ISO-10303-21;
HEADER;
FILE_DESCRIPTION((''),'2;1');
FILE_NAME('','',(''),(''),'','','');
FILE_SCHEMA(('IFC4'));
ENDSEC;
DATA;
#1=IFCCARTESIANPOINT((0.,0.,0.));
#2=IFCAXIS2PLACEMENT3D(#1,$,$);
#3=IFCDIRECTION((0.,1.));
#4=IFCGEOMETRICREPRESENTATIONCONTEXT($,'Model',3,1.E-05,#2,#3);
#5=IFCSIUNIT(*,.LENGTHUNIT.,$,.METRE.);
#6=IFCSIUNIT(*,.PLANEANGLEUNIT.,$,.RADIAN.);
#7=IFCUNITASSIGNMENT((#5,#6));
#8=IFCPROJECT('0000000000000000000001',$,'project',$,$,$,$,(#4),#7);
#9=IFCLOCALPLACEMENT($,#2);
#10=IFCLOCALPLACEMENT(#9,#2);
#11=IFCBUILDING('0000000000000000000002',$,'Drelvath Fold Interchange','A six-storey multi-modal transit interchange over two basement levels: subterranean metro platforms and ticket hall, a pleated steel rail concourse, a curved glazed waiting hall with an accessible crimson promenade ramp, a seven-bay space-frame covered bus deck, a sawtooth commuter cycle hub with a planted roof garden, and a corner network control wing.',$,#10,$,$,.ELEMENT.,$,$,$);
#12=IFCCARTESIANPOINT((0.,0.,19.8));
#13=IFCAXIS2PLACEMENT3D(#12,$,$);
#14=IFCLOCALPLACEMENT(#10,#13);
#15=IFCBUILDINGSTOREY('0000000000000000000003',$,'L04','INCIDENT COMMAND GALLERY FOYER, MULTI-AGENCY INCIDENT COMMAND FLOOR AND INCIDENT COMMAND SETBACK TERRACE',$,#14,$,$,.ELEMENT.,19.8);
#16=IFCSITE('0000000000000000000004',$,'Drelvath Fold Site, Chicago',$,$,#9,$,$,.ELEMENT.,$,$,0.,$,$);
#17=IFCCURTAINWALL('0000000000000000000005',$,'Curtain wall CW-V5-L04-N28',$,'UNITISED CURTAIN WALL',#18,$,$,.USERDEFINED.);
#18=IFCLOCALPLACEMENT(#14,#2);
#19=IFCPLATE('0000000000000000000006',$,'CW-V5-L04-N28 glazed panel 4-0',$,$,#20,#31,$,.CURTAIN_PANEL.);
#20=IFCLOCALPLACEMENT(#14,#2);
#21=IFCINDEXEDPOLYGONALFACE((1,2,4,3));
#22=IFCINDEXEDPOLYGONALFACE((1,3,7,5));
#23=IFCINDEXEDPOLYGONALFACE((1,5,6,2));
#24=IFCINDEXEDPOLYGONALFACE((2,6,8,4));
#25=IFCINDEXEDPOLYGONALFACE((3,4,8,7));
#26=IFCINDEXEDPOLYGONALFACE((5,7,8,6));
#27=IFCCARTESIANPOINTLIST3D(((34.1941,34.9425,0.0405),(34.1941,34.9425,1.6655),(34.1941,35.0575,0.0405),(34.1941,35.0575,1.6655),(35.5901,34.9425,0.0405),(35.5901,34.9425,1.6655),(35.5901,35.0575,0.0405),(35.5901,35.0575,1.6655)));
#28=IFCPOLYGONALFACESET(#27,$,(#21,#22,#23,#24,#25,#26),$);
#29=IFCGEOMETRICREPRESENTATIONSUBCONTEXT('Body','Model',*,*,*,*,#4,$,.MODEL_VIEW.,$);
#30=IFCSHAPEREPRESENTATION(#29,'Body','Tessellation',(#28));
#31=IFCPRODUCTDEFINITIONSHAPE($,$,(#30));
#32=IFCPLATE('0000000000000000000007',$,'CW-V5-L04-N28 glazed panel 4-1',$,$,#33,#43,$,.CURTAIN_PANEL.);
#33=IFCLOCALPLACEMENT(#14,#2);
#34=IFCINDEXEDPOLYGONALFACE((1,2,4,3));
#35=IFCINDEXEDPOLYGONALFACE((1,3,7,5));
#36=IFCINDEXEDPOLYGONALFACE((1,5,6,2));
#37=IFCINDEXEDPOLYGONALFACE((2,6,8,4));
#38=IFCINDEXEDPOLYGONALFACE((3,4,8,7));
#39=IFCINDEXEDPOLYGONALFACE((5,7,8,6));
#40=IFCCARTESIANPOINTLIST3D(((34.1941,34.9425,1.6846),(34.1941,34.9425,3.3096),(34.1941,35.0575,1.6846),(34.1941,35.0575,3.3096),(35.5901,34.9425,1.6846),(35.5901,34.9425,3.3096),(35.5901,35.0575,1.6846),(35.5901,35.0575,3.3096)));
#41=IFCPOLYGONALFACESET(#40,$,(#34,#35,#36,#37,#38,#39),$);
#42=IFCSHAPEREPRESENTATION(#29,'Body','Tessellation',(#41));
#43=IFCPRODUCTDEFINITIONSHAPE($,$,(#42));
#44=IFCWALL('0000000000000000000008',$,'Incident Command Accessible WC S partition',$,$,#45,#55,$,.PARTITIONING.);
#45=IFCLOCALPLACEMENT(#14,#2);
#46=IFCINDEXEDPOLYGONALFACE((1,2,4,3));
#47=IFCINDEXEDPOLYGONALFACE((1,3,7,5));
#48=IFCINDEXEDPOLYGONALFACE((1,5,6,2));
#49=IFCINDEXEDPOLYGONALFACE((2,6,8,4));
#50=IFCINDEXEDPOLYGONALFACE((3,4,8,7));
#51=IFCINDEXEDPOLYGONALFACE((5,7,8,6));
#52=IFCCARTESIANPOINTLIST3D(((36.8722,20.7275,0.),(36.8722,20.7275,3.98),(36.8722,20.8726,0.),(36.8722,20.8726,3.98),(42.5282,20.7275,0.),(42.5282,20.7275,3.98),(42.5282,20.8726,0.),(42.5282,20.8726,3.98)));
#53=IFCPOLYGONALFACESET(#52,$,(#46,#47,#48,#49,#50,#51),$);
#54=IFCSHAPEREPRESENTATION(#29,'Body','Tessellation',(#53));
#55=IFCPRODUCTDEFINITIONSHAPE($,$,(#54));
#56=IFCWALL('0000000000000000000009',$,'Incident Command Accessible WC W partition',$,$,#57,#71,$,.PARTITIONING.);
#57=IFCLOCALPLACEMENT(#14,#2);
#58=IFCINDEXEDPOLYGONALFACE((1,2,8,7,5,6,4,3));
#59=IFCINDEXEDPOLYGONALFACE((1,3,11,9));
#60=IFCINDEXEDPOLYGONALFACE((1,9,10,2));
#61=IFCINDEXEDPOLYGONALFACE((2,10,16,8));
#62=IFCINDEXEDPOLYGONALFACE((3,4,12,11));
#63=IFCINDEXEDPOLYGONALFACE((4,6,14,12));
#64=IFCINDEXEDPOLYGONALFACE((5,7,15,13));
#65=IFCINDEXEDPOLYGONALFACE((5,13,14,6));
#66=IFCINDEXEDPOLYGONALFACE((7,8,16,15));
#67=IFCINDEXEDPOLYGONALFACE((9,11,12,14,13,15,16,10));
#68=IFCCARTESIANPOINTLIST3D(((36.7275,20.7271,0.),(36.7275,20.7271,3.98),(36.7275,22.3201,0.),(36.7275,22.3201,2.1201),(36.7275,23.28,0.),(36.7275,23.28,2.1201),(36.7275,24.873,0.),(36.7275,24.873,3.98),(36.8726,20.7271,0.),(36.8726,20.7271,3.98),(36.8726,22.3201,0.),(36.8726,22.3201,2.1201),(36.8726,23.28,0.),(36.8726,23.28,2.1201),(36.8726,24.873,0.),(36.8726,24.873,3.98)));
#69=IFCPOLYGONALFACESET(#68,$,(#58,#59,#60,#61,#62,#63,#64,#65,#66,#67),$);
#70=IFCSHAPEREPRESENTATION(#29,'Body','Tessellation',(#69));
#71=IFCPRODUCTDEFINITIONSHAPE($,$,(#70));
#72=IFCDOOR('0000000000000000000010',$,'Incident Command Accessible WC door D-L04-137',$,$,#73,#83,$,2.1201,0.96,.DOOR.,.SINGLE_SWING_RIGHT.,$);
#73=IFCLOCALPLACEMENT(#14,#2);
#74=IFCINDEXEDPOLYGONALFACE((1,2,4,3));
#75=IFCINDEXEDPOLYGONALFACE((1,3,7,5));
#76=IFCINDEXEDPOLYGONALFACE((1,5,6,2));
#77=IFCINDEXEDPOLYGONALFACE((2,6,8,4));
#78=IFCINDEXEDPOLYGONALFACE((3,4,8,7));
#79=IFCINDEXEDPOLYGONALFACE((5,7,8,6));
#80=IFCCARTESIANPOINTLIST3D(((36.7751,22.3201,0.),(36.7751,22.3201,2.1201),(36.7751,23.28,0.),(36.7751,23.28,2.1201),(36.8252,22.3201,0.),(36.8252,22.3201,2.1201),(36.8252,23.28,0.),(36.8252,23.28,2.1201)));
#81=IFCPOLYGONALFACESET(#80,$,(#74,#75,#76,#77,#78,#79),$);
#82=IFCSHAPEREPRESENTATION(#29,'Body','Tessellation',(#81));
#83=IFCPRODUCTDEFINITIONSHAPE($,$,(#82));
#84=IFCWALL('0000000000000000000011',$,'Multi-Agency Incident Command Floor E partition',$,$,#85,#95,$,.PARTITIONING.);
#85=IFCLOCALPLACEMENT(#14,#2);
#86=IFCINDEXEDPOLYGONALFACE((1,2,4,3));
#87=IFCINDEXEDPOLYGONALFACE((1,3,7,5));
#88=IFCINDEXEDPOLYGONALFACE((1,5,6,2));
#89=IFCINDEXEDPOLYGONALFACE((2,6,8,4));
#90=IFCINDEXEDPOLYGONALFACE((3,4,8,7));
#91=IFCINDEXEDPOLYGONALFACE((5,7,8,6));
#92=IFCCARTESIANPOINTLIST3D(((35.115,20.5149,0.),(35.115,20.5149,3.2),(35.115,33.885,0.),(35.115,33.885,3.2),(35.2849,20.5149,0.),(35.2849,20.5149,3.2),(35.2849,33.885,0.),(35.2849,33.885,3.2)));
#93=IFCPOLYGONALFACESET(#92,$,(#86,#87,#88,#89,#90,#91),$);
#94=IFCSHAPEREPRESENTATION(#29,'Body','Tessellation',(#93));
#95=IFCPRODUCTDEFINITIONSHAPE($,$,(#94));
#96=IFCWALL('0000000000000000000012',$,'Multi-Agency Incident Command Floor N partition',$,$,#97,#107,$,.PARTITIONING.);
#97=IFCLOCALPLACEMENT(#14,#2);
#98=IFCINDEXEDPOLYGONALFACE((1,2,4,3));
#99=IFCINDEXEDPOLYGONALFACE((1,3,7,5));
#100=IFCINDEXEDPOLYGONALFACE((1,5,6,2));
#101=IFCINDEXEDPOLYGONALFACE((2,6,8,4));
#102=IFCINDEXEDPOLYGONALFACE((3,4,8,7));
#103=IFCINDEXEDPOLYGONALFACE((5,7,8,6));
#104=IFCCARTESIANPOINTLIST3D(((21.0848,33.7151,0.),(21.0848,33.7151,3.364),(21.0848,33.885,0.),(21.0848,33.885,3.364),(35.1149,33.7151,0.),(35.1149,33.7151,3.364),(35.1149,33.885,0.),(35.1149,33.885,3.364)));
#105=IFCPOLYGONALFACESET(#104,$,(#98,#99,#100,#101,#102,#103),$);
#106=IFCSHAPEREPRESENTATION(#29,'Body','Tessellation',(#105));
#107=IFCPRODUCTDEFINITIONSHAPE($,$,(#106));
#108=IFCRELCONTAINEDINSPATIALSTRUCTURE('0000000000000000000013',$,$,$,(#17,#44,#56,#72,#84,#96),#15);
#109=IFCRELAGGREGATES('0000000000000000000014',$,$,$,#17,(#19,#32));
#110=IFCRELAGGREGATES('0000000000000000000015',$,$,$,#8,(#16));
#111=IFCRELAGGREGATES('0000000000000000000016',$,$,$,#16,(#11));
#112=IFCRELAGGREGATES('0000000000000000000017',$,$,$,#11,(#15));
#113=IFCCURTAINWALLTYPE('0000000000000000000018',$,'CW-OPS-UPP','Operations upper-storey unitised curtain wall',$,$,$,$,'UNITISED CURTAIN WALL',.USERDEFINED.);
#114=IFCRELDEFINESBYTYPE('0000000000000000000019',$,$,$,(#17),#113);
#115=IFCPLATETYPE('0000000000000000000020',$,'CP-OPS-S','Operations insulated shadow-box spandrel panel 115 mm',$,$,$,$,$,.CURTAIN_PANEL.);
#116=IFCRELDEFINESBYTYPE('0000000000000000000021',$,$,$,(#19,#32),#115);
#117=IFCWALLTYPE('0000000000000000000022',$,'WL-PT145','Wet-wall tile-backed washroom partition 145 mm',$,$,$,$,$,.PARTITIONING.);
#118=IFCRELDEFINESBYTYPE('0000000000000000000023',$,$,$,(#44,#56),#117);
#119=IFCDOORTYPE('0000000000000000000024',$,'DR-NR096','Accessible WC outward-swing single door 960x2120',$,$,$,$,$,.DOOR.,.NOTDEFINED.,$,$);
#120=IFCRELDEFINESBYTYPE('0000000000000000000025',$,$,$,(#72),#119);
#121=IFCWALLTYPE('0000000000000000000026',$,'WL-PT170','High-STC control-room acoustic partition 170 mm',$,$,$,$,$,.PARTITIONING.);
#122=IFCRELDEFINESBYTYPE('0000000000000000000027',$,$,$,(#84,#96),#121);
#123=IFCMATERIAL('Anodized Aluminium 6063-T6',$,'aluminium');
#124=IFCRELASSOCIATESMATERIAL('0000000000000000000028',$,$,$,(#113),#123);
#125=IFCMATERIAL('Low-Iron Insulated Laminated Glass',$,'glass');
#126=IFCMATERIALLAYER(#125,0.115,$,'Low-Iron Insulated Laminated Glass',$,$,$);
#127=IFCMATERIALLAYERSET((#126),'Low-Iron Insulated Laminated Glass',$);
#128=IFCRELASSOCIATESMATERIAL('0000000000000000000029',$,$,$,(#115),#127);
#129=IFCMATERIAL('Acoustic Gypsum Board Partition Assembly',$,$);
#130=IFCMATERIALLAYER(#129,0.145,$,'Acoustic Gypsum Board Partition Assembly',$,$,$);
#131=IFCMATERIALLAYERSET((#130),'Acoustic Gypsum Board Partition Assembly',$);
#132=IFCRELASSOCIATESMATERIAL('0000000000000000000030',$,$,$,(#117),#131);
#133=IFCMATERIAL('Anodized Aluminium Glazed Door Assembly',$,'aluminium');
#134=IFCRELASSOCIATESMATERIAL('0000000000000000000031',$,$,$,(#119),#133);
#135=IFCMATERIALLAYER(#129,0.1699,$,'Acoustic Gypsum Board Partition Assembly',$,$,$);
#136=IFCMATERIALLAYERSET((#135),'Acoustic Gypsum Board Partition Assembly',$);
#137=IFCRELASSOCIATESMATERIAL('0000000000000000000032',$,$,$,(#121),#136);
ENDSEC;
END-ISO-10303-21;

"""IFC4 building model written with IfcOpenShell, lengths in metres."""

from ifc_helpers import new_model, si_unit, direction, frame, frame_2d, origin, origin_2d, place, context, subcontext, project, spatial, rectangle, extrude, material, layer, layer_set, type_object, element, fill, aggregate, save


model = new_model("IFC4")

# Units and contexts
model_context = context("Model", 3, precision=1e-05, world=origin(), true_north=direction((0.0, 1.0)))
body_context = subcontext(model_context, "Body", "Model", "MODEL_VIEW")
ifc_project = project(units=[si_unit("LENGTHUNIT", "METRE"), si_unit("PLANEANGLEUNIT", "RADIAN")], contexts=[model_context])

# Site, building, storey
site_placement = place(None, origin())
site = spatial("IfcSite", under=ifc_project, at=site_placement, Name="Drelvath Fold Site, Chicago", CompositionType="ELEMENT", RefElevation=0.0)
building_placement = place(site_placement, origin())
building = spatial("IfcBuilding", under=site, at=building_placement, Name="Drelvath Fold Interchange", Description="A six-storey multi-modal transit interchange over two basement levels: subterranean metro platforms and ticket hall, a pleated steel rail concourse, a curved glazed waiting hall with an accessible crimson promenade ramp, a seven-bay space-frame covered bus deck, a sawtooth commuter cycle hub with a planted roof garden, and a corner network control wing.", CompositionType="ELEMENT")
storey_placement = place(building_placement, frame((0.0, 0.0, 19.8)))
storey = spatial("IfcBuildingStorey", under=building, at=storey_placement, Name="L04", Description="INCIDENT COMMAND GALLERY FOYER, MULTI-AGENCY INCIDENT COMMAND FLOOR AND INCIDENT COMMAND SETBACK TERRACE", CompositionType="ELEMENT", Elevation=19.8)

# Curtain wall
ifc_material_1 = material(Name="Anodized Aluminium 6063-T6", Category="aluminium")
curtain_wall_type_1 = type_object("IfcCurtainWallType", Name="CW-OPS-UPP", Description="Operations upper-storey unitised curtain wall", ElementType="UNITISED CURTAIN WALL", PredefinedType="USERDEFINED", material=ifc_material_1)
curtain_wall_1_placement = place(storey_placement, origin())
curtain_wall_1 = element("IfcCurtainWall", 1, at=curtain_wall_1_placement, inside=storey, type_object=curtain_wall_type_1, Name="Curtain wall CW-V5-L04-N28", ObjectType="UNITISED CURTAIN WALL", PredefinedType="USERDEFINED")

# Plates
ifc_material_2 = material(Name="Low-Iron Insulated Laminated Glass", Category="glass")
ifc_layer_1 = layer(ifc_material_2, 0.115, Name="Low-Iron Insulated Laminated Glass")
ifc_layer_set_1 = layer_set([ifc_layer_1], Name="Low-Iron Insulated Laminated Glass")
plate_type_1 = type_object("IfcPlateType", Name="CP-OPS-S", Description="Operations insulated shadow-box spandrel panel 115 mm", PredefinedType="CURTAIN_PANEL", material=ifc_layer_set_1)
plate_1_placement = place(storey_placement, frame((34.8921, 35.0, 0.0405), z_axis=(0.0, 0.0, 1.0), x_axis=(1.0, 0.0, 0.0)))
plate_1 = element("IfcPlate", 2, at=plate_1_placement, type_object=plate_type_1, Name="CW-V5-L04-N28 glazed panel 4-0", PredefinedType="CURTAIN_PANEL", context=body_context, shape_type="SweptSolid", body=[
    extrude(rectangle(XDim=1.396, YDim=0.115, at=origin_2d()), origin(), (0.0, 0.0, 1.0), 1.625),
])
plate_2_placement = place(storey_placement, frame((34.8921, 35.0, 1.6846), z_axis=(0.0, 0.0, 1.0), x_axis=(1.0, 0.0, 0.0)))
plate_2 = element("IfcPlate", 3, at=plate_2_placement, type_object=plate_type_1, Name="CW-V5-L04-N28 glazed panel 4-1", PredefinedType="CURTAIN_PANEL", context=body_context, shape_type="SweptSolid", body=[
    extrude(rectangle(XDim=1.396, YDim=0.115, at=origin_2d()), origin(), (0.0, 0.0, 1.0), 1.625),
])
aggregate(curtain_wall_1, [plate_1, plate_2])

# Wall
ifc_material_3 = material(Name="Acoustic Gypsum Board Partition Assembly")
ifc_layer_2 = layer(ifc_material_3, 0.145, Name="Acoustic Gypsum Board Partition Assembly")
ifc_layer_set_2 = layer_set([ifc_layer_2], Name="Acoustic Gypsum Board Partition Assembly")
wall_type_1 = type_object("IfcWallType", Name="WL-PT145", Description="Wet-wall tile-backed washroom partition 145 mm", PredefinedType="PARTITIONING", material=ifc_layer_set_2)
wall_1_placement = place(storey_placement, frame((36.8721, 20.8, 0.0), z_axis=(0.0, 0.0, 1.0), x_axis=(1.0, 0.0, 0.0)))
element("IfcWall", 4, at=wall_1_placement, inside=storey, type_object=wall_type_1, Name="Incident Command Accessible WC S partition", PredefinedType="PARTITIONING", context=body_context, shape_type="SweptSolid", body=[
    extrude(rectangle(XDim=5.656, YDim=0.145, at=frame_2d((2.8281, 0.0))), origin(), (0.0, 0.0, 1.0), 3.98),
])

# Wall, opening, door
wall_2_placement = place(storey_placement, frame((36.8, 24.873, 0.0), z_axis=(0.0, 0.0, 1.0), x_axis=(0.0, -1.0, 0.0)))
wall_2 = element("IfcWall", 5, at=wall_2_placement, inside=storey, type_object=wall_type_1, Name="Incident Command Accessible WC W partition", PredefinedType="PARTITIONING", context=body_context, shape_type="SweptSolid", body=[
    extrude(rectangle(XDim=4.146, YDim=0.145, at=frame_2d((2.073, 0.0))), origin(), (0.0, 0.0, 1.0), 3.98),
])
opening_placement = place(wall_2_placement, frame((1.593, 0.0, 0.0)))
opening = element("IfcOpeningElement", 6, at=opening_placement, cuts=wall_2, PredefinedType="OPENING", context=body_context, shape_type="SweptSolid", body=[
    extrude(rectangle(XDim=0.96, YDim=2.1201, at=frame_2d((0.48, 1.0601))), frame((0.0, 0.0825, 0.0), z_axis=(0.0, -1.0, 0.0), x_axis=(1.0, 0.0, 0.0)), (0.0, 0.0, 1.0), 0.165),
])
ifc_material_4 = material(Name="Anodized Aluminium Glazed Door Assembly", Category="aluminium")
door_type = type_object("IfcDoorType", Name="DR-NR096", Description="Accessible WC outward-swing single door 960x2120", OperationType="NOTDEFINED", PredefinedType="DOOR", material=ifc_material_4)
door_placement = place(opening_placement, frame((0.96, 0.0, 0.0), z_axis=(0.0, 0.0, 1.0), x_axis=(-1.0, 0.0, 0.0)))
door = element("IfcDoor", 7, at=door_placement, inside=storey, type_object=door_type, Name="Incident Command Accessible WC door D-L04-137", OperationType="SINGLE_SWING_RIGHT", OverallHeight=2.1201, OverallWidth=0.96, PredefinedType="DOOR", context=body_context, shape_type="SweptSolid", body=[
    extrude(rectangle(XDim=0.96, YDim=2.1201, at=frame_2d((0.48, 1.0601))), frame((0.0, 0.0249, 0.0), z_axis=(0.0, -1.0, 0.0), x_axis=(1.0, 0.0, 0.0)), (0.0, 0.0, 1.0), 0.05),
])
fill(opening, door)

# Walls
ifc_layer_3 = layer(ifc_material_3, 0.1699, Name="Acoustic Gypsum Board Partition Assembly")
ifc_layer_set_3 = layer_set([ifc_layer_3], Name="Acoustic Gypsum Board Partition Assembly")
wall_type_2 = type_object("IfcWallType", Name="WL-PT170", Description="High-STC control-room acoustic partition 170 mm", PredefinedType="PARTITIONING", material=ifc_layer_set_3)
wall_3_placement = place(storey_placement, frame((35.2, 20.5149, 0.0), z_axis=(0.0, 0.0, 1.0), x_axis=(0.0, 1.0, 0.0)))
element("IfcWall", 8, at=wall_3_placement, inside=storey, type_object=wall_type_2, Name="Multi-Agency Incident Command Floor E partition", PredefinedType="PARTITIONING", context=body_context, shape_type="SweptSolid", body=[
    extrude(rectangle(XDim=13.3701, YDim=0.1699, at=frame_2d((6.6851, 0.0))), origin(), (0.0, 0.0, 1.0), 3.2),
])
wall_4_placement = place(storey_placement, frame((35.115, 33.8, 0.0), z_axis=(0.0, 0.0, 1.0), x_axis=(-1.0, 0.0, 0.0)))
element("IfcWall", 9, at=wall_4_placement, inside=storey, type_object=wall_type_2, Name="Multi-Agency Incident Command Floor N partition", PredefinedType="PARTITIONING", context=body_context, shape_type="SweptSolid", body=[
    extrude(rectangle(XDim=14.03, YDim=0.1699, at=frame_2d((7.0151, 0.0))), origin(), (0.0, 0.0, 1.0), 3.364),
])

save(model, "model.ifc")
